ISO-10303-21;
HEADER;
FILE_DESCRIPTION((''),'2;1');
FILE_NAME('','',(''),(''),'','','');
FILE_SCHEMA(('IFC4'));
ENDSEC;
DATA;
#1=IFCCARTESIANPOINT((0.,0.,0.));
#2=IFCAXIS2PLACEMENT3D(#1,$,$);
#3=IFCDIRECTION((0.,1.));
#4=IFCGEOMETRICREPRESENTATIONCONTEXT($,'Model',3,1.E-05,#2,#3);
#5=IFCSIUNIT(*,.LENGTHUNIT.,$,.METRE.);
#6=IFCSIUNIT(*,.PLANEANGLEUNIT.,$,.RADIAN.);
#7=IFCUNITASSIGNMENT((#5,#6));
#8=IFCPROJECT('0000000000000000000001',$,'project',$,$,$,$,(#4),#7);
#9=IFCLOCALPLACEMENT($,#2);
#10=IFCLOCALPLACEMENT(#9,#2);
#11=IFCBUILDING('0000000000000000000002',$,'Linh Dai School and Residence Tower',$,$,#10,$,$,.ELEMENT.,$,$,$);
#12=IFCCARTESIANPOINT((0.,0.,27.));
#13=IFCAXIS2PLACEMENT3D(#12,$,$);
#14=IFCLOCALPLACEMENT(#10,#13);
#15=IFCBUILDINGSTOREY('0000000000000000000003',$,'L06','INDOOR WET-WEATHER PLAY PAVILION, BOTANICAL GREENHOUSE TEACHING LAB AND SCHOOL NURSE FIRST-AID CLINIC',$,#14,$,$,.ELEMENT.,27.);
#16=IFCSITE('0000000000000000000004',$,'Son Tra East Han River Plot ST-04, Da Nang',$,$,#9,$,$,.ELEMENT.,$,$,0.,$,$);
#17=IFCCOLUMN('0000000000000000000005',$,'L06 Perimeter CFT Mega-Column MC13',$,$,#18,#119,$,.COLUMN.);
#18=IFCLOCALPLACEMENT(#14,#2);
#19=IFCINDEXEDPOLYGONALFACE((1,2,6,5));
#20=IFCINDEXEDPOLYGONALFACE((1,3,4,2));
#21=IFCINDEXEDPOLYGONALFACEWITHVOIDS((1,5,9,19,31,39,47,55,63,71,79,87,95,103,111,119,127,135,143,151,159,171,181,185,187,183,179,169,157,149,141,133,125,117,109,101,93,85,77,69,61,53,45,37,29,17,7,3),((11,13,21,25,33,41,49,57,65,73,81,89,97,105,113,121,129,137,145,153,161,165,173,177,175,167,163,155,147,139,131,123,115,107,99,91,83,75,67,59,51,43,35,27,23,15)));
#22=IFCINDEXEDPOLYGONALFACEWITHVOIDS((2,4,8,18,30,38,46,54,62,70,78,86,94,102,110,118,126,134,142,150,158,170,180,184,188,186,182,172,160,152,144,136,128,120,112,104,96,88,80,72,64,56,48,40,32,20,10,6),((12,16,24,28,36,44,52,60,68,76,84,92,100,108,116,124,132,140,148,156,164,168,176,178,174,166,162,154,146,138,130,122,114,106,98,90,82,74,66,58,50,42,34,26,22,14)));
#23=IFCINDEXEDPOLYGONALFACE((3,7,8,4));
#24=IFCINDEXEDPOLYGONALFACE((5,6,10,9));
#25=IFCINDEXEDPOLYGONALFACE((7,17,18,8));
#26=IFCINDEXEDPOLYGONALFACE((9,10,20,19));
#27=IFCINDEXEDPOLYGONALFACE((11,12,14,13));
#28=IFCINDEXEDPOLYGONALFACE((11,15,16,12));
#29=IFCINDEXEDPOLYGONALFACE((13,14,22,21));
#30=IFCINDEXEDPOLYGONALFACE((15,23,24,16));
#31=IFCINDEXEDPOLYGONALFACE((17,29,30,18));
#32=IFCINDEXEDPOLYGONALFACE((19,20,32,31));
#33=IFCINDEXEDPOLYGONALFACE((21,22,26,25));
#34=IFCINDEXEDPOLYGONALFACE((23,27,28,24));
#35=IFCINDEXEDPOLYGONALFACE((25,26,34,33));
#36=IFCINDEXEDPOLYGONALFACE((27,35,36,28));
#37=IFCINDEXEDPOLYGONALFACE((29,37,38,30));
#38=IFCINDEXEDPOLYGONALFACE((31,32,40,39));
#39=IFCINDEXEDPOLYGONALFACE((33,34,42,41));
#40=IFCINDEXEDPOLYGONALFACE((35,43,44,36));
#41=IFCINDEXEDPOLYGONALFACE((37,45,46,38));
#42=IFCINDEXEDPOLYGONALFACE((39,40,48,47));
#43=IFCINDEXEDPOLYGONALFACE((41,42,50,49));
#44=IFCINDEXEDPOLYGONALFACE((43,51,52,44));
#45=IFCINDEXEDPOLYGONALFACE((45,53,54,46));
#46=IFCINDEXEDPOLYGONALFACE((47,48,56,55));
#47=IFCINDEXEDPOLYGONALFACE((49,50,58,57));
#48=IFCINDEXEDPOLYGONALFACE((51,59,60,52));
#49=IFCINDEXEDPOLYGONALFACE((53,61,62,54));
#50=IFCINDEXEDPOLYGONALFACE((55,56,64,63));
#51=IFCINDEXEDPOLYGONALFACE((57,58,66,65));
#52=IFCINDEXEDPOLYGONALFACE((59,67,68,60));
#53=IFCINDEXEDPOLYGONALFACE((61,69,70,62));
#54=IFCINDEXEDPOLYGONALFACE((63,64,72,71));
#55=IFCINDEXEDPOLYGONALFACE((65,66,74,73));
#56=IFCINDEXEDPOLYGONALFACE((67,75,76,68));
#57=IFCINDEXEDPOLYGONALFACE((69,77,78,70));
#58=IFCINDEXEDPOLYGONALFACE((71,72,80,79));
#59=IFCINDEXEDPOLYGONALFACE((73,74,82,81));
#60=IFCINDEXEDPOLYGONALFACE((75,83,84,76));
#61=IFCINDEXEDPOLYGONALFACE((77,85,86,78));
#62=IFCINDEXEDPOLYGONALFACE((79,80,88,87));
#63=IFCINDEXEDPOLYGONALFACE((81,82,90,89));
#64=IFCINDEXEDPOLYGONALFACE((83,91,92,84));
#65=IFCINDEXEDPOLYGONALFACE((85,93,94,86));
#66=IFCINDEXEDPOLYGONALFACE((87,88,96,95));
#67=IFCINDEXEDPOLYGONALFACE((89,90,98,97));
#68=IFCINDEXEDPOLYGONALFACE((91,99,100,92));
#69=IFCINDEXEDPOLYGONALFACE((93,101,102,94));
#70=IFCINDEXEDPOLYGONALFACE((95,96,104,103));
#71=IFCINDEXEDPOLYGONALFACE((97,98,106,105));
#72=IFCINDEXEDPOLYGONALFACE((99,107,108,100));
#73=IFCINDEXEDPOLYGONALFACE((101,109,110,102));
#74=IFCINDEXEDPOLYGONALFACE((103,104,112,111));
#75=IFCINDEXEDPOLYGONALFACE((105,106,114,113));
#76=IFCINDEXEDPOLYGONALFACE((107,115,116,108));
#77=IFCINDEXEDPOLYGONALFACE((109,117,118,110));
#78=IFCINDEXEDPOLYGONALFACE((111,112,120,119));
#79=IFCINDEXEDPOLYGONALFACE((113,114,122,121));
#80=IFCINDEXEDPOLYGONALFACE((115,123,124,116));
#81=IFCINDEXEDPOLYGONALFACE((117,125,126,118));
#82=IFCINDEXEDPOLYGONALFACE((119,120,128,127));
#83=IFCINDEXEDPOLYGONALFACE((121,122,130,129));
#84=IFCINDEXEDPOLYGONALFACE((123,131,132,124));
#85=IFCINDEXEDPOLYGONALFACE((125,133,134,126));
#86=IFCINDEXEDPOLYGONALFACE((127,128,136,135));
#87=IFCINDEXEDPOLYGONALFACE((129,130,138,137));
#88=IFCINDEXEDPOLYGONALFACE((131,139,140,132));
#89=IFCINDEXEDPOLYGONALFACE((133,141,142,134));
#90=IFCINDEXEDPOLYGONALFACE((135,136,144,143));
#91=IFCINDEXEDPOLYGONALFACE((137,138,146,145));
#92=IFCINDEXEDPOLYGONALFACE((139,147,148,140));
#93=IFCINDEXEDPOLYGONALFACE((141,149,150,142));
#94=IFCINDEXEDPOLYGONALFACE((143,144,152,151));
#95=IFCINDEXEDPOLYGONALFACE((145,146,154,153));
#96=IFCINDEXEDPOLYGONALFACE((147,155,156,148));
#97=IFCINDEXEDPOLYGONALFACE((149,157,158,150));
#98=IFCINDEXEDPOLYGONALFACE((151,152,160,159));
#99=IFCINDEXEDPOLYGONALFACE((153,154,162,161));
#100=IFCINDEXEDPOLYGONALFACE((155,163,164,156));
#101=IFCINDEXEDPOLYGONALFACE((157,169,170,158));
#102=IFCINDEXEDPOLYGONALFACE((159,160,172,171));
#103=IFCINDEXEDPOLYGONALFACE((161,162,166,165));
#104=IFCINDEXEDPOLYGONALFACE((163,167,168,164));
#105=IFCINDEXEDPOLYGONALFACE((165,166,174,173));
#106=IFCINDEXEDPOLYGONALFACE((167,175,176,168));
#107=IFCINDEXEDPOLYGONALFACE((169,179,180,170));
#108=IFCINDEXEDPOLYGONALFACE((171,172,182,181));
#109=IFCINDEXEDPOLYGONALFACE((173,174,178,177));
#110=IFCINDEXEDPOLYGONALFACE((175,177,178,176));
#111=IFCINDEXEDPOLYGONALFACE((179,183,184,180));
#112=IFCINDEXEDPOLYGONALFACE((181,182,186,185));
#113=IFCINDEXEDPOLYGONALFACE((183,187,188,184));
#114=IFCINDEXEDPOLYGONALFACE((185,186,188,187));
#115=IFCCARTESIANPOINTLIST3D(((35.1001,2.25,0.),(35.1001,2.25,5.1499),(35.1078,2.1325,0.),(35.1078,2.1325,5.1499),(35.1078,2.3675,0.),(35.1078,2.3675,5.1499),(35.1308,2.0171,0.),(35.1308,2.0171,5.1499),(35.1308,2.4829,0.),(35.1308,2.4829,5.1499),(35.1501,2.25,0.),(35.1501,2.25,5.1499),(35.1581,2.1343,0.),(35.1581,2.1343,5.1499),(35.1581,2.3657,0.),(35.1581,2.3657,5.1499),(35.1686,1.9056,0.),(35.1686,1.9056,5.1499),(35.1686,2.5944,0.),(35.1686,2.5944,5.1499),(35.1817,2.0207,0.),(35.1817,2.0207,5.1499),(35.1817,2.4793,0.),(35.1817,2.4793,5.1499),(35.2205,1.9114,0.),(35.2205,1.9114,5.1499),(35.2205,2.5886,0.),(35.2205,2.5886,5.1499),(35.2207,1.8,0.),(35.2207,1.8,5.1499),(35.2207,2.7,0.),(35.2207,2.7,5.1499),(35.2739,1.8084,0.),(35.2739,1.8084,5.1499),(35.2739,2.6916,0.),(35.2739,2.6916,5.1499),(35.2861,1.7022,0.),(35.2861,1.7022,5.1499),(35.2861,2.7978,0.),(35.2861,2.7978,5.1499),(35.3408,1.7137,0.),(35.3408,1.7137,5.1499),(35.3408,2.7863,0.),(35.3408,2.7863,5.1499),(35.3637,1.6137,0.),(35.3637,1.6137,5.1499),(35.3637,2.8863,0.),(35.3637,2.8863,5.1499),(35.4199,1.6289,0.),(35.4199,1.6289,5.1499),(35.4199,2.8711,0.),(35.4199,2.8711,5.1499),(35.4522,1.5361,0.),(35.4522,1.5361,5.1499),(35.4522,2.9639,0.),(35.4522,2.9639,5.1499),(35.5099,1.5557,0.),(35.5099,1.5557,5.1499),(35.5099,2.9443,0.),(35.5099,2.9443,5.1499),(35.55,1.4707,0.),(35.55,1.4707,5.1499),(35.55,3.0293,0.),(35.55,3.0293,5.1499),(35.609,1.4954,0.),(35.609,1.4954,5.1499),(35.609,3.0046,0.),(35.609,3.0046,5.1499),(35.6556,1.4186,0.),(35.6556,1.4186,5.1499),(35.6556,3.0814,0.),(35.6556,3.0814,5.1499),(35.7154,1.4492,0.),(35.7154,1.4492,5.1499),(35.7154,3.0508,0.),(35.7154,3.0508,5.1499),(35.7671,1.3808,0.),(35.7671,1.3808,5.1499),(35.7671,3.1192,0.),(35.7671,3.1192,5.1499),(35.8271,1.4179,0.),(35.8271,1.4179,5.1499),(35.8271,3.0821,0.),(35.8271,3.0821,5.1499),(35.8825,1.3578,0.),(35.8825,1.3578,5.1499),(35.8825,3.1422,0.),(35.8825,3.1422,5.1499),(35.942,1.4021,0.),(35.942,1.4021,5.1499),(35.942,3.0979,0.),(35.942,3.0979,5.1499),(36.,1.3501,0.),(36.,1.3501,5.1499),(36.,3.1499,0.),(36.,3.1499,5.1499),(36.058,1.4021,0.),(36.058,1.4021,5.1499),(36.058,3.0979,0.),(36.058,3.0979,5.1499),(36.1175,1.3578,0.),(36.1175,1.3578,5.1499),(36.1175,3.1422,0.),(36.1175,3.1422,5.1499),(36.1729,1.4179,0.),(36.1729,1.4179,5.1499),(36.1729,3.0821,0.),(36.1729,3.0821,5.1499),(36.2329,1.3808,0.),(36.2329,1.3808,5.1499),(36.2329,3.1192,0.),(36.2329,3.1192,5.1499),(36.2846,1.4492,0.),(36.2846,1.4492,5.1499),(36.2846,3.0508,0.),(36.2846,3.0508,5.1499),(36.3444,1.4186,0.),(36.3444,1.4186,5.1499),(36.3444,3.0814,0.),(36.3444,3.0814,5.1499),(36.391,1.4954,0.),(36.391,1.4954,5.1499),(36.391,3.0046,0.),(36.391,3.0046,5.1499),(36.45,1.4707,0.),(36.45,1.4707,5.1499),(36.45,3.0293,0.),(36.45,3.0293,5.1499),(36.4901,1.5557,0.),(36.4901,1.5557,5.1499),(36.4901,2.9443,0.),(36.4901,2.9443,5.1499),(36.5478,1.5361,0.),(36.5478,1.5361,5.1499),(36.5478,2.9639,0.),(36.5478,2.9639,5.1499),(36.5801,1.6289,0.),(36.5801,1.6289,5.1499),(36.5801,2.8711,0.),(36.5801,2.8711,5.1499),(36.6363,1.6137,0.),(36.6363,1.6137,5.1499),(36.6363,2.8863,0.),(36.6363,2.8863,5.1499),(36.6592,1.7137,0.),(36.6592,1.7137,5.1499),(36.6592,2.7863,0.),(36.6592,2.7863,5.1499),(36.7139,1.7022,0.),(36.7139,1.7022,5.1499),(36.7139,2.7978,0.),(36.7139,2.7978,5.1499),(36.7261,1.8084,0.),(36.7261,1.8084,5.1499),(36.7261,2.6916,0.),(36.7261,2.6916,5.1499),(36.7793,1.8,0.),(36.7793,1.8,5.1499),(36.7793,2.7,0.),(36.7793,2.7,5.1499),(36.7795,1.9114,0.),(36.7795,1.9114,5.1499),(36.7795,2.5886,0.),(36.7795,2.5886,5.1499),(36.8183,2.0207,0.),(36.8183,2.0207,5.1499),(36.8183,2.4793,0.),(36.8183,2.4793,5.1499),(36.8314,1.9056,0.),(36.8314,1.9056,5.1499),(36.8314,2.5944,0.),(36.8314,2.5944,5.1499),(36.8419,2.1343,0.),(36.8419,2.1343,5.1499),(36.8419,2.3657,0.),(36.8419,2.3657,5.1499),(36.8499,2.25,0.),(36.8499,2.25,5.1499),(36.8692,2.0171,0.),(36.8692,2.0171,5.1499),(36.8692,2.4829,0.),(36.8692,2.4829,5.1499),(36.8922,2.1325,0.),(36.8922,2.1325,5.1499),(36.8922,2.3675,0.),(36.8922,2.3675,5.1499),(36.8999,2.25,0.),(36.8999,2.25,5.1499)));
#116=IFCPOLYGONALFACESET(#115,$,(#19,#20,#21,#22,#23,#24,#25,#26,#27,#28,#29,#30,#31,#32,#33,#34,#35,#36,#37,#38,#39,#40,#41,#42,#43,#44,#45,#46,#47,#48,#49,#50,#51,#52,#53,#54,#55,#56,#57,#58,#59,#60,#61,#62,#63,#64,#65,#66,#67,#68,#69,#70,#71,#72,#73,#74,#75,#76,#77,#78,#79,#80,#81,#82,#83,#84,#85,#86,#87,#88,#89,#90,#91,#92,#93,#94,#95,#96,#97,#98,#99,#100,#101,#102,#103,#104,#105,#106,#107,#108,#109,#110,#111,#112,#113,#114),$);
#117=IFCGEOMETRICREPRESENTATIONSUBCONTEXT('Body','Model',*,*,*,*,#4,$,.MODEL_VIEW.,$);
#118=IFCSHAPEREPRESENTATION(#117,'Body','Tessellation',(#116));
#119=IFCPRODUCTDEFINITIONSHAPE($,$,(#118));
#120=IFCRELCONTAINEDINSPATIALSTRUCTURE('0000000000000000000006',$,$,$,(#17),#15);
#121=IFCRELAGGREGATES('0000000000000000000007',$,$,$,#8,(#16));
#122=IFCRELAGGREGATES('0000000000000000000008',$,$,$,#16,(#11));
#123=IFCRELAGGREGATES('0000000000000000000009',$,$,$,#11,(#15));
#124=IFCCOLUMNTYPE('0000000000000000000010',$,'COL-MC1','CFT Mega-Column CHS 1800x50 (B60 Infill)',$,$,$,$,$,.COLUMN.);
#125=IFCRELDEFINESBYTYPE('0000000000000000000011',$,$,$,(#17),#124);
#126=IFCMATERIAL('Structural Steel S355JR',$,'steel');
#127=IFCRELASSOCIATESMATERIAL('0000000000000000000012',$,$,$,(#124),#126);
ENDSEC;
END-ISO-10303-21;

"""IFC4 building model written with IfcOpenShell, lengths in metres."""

from ifc_helpers import new_model, si_unit, direction, frame, origin, origin_2d, place, context, subcontext, project, spatial, hollow_circle, extrude, material, material_profile, profile_set, type_object, element, save


model = new_model("IFC4")

# Units and contexts
model_context = context("Model", 3, precision=1e-05, world=origin(), true_north=direction((0.0, 1.0)))
body_context = subcontext(model_context, "Body", "Model", "MODEL_VIEW")
ifc_project = project(units=[si_unit("LENGTHUNIT", "METRE"), si_unit("PLANEANGLEUNIT", "RADIAN")], contexts=[model_context])

# Site, building, storey
site_placement = place(None, origin())
site = spatial("IfcSite", under=ifc_project, at=site_placement, Name="Son Tra East Han River Plot ST-04, Da Nang", CompositionType="ELEMENT", RefElevation=0.0)
building_placement = place(site_placement, origin())
building = spatial("IfcBuilding", under=site, at=building_placement, Name="Linh Dai School and Residence Tower", CompositionType="ELEMENT")
storey_placement = place(building_placement, frame((0.0, 0.0, 27.0)))
storey = spatial("IfcBuildingStorey", under=building, at=storey_placement, Name="L06", Description="INDOOR WET-WEATHER PLAY PAVILION, BOTANICAL GREENHOUSE TEACHING LAB AND SCHOOL NURSE FIRST-AID CLINIC", CompositionType="ELEMENT", Elevation=27.0)

# Column
ifc_material_1 = material(Name="Structural Steel S355JR", Category="steel")
ifc_material_profile_1 = material_profile(ifc_material_1, hollow_circle(Radius=0.8999, WallThickness=0.05, at=origin_2d()), Name="CHS 1800x50")
ifc_profile_set_1 = profile_set([ifc_material_profile_1], Name="Structural Steel S355JR")
column_type = type_object("IfcColumnType", Name="COL-MC1", Description="CFT Mega-Column CHS 1800x50 (B60 Infill)", PredefinedType="COLUMN", material=ifc_profile_set_1)
for number, where, z_axis, x_axis, name in (
    (1, (36.0, 2.25, 0.0), (0.0, 0.0, 1.0), (1.0, 0.0, 0.0), "L06 Perimeter CFT Mega-Column MC13"),
):
    element("IfcColumn", number, at=place(storey_placement, frame(where, z_axis=z_axis, x_axis=x_axis)), inside=storey, type_object=column_type, Name=name, PredefinedType="COLUMN", context=body_context, shape_type="SweptSolid", body=[
        extrude(hollow_circle(Radius=0.8999, WallThickness=0.05, at=origin_2d()), origin(), (0.0, 0.0, 1.0), 5.1499),
    ])

save(model, "model.ifc")
